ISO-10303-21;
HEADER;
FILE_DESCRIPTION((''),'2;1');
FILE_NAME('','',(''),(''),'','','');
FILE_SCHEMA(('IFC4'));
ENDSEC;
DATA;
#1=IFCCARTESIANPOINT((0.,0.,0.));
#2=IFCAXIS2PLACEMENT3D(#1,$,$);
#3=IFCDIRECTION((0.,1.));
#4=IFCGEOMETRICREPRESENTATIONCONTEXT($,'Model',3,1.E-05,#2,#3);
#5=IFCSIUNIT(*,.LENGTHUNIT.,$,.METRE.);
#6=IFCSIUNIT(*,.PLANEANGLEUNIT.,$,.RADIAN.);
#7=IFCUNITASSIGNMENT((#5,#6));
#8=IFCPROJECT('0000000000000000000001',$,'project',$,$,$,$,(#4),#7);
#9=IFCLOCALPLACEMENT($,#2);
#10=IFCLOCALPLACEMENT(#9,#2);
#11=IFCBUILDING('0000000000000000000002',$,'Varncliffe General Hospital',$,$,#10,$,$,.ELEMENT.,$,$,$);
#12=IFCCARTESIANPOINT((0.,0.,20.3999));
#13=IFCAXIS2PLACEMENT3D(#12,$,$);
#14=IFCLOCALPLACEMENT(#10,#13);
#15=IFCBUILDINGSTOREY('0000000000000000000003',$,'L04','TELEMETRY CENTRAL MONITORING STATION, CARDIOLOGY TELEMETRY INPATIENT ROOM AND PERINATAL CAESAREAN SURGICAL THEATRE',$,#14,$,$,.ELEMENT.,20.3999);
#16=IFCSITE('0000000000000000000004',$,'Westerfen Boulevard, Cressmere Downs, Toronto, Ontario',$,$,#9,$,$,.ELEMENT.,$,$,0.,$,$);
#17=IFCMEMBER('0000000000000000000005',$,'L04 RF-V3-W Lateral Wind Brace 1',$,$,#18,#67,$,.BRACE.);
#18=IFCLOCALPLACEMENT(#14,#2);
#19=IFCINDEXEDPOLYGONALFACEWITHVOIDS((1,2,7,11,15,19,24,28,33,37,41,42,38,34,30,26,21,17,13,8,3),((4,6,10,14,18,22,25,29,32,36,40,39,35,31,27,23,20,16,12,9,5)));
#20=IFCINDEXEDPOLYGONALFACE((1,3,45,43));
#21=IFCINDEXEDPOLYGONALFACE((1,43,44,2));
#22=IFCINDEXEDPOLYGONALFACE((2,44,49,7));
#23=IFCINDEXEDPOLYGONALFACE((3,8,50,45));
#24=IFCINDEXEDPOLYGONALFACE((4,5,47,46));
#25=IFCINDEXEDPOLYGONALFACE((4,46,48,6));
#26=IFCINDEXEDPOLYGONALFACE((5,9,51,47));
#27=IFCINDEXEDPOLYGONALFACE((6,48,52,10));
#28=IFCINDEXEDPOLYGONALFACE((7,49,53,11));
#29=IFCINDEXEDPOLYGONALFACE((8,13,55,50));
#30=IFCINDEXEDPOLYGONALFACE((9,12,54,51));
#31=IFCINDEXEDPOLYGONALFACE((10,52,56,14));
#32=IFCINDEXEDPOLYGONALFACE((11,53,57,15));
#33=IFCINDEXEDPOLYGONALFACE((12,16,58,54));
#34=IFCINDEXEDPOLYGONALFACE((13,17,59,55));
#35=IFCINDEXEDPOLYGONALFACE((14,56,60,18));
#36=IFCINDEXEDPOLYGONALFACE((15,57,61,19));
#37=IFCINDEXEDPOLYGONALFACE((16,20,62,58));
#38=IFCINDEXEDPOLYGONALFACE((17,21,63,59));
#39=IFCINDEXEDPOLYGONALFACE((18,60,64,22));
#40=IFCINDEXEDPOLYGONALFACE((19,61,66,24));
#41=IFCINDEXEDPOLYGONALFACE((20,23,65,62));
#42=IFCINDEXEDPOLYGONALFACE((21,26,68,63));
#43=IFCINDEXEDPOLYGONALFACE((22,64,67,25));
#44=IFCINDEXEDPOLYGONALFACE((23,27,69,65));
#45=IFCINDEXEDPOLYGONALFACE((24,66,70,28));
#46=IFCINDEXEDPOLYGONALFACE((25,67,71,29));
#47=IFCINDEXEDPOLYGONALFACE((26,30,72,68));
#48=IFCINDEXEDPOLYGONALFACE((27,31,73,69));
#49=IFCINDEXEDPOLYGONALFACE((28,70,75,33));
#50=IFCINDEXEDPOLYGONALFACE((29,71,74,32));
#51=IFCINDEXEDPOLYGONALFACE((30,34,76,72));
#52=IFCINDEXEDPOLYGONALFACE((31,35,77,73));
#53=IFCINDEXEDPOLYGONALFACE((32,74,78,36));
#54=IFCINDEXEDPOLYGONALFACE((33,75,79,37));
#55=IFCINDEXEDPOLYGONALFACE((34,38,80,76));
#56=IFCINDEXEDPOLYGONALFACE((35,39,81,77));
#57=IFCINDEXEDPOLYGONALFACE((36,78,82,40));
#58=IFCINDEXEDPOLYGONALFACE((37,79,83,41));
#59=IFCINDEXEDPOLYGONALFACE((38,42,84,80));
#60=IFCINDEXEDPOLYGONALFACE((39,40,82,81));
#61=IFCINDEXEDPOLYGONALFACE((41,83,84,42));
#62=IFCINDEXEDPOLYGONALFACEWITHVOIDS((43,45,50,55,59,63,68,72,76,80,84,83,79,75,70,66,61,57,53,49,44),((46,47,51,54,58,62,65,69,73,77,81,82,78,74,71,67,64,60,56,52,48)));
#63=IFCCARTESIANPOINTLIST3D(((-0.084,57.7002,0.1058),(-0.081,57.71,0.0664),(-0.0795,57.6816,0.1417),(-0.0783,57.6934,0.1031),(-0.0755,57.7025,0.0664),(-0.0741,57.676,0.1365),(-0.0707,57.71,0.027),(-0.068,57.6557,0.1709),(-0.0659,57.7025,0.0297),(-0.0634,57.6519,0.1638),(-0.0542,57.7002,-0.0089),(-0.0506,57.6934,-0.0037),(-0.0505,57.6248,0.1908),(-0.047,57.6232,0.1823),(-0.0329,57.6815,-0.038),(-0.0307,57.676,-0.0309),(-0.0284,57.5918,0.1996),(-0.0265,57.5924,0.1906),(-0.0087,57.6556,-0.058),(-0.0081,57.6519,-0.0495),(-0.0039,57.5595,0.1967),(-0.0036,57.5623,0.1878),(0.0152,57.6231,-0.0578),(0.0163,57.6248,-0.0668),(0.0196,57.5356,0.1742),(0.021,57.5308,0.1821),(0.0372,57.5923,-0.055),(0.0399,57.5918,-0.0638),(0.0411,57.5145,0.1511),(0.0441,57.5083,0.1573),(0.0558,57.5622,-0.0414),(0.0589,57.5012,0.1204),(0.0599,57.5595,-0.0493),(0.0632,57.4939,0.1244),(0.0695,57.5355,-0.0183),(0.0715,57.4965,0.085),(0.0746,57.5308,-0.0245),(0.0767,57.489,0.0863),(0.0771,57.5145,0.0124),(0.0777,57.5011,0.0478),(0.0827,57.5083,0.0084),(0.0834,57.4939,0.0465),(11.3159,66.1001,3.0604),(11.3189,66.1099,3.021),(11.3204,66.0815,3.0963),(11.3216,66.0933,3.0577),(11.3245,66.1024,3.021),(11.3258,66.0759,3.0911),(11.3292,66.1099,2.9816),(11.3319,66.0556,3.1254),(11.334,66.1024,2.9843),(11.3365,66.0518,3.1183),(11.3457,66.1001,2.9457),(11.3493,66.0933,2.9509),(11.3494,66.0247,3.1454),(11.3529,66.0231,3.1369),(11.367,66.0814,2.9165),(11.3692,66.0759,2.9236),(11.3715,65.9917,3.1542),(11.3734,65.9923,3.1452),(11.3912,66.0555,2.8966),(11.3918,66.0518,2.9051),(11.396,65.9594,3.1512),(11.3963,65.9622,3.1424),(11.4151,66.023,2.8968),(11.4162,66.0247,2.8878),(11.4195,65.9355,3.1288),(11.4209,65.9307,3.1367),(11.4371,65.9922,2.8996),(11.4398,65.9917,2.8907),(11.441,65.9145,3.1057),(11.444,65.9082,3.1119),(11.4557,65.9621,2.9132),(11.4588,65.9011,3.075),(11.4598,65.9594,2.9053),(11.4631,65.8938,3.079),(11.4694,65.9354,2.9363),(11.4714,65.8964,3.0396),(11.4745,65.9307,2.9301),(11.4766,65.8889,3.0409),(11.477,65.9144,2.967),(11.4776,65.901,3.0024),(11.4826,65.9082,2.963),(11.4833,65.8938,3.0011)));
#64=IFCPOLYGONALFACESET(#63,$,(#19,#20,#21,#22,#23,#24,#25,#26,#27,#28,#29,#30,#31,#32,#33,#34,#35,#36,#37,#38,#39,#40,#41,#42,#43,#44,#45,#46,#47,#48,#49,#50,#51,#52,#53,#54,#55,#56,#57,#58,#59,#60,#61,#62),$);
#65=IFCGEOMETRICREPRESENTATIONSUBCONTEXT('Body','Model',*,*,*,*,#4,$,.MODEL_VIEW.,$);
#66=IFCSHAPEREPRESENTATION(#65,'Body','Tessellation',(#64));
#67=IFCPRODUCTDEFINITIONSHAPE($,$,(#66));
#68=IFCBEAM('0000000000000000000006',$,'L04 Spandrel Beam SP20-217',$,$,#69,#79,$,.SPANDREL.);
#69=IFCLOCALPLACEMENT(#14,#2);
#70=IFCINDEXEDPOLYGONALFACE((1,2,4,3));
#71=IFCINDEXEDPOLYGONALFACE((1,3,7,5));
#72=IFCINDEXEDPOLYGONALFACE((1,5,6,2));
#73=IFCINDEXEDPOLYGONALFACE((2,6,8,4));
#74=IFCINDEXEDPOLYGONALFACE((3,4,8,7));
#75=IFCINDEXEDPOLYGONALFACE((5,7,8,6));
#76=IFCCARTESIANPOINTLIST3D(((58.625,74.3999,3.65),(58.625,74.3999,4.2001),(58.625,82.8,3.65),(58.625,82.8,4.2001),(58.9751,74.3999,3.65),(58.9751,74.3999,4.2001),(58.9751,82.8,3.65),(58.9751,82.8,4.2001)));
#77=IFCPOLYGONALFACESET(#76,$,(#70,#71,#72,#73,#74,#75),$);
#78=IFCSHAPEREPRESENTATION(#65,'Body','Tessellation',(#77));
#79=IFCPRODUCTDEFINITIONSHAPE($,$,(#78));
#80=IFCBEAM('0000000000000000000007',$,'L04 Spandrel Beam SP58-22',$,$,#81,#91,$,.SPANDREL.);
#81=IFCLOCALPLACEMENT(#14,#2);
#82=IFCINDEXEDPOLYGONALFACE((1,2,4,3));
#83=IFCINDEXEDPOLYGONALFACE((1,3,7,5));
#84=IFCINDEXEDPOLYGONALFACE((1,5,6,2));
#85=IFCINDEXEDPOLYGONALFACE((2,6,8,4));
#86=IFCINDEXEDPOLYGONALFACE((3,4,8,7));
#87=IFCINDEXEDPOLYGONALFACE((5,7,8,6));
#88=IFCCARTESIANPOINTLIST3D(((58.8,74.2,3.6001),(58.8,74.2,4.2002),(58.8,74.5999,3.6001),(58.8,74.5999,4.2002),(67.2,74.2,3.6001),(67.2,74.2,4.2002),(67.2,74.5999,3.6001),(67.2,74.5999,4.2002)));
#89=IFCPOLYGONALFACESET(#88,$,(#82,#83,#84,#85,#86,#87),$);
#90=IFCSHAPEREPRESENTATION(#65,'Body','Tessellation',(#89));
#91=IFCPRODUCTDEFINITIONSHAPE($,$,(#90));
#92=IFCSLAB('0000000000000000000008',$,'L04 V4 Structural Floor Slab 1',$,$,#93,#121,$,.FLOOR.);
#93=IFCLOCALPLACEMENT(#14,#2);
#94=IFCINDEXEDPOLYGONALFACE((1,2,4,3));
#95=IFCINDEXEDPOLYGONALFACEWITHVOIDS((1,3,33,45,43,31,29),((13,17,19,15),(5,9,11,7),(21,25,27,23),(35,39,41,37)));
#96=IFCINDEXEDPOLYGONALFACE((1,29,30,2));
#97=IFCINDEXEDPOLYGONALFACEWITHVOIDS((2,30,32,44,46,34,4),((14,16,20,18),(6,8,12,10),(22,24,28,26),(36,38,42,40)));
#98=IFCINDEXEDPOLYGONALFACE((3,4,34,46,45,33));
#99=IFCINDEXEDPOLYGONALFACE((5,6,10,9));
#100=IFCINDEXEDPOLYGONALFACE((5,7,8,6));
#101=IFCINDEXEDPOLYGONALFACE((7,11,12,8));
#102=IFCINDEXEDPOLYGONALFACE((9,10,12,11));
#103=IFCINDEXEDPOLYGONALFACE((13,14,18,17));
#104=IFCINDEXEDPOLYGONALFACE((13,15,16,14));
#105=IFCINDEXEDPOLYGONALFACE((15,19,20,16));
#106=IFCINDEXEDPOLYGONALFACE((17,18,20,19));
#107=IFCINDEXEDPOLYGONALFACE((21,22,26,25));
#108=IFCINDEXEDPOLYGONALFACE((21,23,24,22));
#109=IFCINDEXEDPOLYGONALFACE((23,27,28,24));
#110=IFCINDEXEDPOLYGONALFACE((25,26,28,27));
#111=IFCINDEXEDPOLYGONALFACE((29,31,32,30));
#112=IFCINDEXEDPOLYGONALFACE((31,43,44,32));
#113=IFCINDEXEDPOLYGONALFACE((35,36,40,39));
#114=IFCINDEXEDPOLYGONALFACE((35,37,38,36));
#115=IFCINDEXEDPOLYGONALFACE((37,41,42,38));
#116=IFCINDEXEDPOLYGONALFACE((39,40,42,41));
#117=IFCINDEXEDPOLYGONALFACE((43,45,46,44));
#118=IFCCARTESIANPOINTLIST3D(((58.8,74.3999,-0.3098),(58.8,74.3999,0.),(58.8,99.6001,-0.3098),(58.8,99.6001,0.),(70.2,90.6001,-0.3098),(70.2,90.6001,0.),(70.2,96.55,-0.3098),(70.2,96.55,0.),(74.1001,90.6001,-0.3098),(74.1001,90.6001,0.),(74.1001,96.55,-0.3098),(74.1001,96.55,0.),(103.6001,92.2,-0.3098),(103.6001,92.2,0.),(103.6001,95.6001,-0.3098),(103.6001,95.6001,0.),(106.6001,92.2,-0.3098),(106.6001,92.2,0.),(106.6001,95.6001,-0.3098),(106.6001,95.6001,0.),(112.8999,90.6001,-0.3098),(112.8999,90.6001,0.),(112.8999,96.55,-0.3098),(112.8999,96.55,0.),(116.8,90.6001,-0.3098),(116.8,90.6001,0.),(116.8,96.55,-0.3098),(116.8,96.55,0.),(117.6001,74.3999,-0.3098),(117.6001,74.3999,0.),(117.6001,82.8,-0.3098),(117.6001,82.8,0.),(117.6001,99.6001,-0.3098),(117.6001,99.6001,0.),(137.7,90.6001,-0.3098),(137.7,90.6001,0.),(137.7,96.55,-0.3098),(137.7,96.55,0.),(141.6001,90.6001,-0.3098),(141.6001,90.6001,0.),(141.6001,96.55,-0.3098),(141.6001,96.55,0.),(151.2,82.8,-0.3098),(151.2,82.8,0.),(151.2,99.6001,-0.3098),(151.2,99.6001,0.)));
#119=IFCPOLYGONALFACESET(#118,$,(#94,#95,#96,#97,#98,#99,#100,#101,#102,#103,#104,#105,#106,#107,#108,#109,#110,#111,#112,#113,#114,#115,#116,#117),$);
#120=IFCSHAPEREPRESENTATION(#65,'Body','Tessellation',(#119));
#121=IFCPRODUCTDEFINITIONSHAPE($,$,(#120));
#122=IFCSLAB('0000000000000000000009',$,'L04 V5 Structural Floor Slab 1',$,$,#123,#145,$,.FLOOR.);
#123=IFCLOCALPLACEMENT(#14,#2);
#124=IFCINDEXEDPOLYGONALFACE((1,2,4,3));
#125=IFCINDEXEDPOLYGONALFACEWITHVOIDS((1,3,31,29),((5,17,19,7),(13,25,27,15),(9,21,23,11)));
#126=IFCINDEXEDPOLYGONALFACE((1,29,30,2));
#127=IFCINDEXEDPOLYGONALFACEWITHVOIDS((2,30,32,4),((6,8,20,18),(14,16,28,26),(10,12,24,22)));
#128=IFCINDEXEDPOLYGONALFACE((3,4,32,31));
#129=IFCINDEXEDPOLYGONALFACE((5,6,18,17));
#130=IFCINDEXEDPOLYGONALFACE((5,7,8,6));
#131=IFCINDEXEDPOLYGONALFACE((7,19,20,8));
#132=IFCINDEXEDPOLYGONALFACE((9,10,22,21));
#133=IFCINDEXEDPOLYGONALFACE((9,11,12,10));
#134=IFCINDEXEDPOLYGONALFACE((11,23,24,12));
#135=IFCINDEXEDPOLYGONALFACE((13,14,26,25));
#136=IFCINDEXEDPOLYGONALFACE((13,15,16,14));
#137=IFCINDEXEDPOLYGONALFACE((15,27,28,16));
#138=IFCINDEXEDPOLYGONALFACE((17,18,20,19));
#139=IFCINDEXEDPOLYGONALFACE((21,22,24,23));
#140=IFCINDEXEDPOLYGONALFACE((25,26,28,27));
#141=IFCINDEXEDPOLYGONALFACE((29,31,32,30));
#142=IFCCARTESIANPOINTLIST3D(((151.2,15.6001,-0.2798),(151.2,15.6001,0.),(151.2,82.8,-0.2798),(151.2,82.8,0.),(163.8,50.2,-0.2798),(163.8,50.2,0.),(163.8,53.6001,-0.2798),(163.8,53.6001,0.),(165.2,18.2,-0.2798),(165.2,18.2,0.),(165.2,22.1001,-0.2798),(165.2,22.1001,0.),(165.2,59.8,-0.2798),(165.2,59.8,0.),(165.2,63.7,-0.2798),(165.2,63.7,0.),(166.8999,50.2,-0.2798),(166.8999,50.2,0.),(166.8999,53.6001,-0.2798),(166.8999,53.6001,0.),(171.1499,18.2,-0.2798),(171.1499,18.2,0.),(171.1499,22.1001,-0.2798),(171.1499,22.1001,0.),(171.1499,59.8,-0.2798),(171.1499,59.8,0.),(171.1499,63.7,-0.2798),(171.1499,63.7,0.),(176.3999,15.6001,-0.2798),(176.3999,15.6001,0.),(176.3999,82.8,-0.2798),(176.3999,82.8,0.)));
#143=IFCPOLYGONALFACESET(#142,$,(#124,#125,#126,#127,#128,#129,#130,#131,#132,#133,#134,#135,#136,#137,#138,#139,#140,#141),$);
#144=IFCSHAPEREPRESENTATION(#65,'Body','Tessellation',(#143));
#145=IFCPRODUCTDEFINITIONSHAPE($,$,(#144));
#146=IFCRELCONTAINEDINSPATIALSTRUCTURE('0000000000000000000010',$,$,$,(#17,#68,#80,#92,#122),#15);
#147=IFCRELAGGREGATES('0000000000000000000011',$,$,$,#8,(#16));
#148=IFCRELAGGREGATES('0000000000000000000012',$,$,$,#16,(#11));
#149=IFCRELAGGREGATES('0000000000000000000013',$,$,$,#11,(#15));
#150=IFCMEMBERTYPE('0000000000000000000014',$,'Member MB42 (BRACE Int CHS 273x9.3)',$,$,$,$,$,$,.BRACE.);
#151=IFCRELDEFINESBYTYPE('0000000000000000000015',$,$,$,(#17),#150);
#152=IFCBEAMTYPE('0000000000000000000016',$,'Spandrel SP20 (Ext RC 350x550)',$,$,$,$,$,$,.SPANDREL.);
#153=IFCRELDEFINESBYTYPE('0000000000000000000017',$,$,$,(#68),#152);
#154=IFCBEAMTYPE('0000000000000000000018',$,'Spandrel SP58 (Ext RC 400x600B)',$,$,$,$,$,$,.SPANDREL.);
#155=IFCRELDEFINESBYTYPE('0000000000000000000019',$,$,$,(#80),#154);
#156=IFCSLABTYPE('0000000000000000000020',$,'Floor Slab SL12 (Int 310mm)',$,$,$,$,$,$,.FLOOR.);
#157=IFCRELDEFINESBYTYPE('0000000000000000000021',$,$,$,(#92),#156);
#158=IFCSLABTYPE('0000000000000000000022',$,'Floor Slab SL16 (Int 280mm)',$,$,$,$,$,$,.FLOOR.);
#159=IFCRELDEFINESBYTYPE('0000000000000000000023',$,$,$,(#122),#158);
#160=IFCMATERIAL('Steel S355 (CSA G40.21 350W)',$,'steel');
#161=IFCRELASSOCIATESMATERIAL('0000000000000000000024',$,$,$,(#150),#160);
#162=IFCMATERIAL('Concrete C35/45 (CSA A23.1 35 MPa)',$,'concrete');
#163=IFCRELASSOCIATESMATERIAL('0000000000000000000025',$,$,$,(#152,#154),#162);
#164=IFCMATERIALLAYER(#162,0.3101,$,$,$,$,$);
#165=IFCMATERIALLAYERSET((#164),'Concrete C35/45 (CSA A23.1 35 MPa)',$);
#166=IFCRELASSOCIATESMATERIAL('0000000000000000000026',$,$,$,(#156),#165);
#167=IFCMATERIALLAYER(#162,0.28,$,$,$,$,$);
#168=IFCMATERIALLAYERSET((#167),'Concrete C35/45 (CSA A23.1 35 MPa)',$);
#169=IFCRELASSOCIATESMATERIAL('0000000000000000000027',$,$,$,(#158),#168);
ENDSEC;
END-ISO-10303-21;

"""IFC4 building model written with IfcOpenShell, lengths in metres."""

from ifc_helpers import new_model, si_unit, direction, frame, origin, origin_2d, place, context, subcontext, project, spatial, polyline, rectangle, hollow_circle, outline, extrude, material, layer, layer_set, material_profile, profile_set, type_object, element, save


model = new_model("IFC4")

# Units and contexts
model_context = context("Model", 3, precision=1e-05, world=origin(), true_north=direction((0.0, 1.0)))
body_context = subcontext(model_context, "Body", "Model", "MODEL_VIEW")
ifc_project = project(units=[si_unit("LENGTHUNIT", "METRE"), si_unit("PLANEANGLEUNIT", "RADIAN")], contexts=[model_context])

# Site, building, storey
site_placement = place(None, origin())
site = spatial("IfcSite", under=ifc_project, at=site_placement, Name="Westerfen Boulevard, Cressmere Downs, Toronto, Ontario", CompositionType="ELEMENT", RefElevation=0.0)
building_placement = place(site_placement, origin())
building = spatial("IfcBuilding", under=site, at=building_placement, Name="Varncliffe General Hospital", CompositionType="ELEMENT")
storey_placement = place(building_placement, frame((0.0, 0.0, 20.3999)))
storey = spatial("IfcBuildingStorey", under=building, at=storey_placement, Name="L04", Description="TELEMETRY CENTRAL MONITORING STATION, CARDIOLOGY TELEMETRY INPATIENT ROOM AND PERINATAL CAESAREAN SURGICAL THEATRE", CompositionType="ELEMENT", Elevation=20.3999)

# Member
ifc_material_1 = material(Name="Steel S355 (CSA G40.21 350W)", Category="steel")
ifc_material_profile_1 = material_profile(ifc_material_1, hollow_circle(Radius=0.1365, WallThickness=0.0093, at=origin_2d()), Name="CHS 273x9.3")
ifc_profile_set_1 = profile_set([ifc_material_profile_1], Name="Steel S355 (CSA G40.21 350W)")
member_type_1 = type_object("IfcMemberType", Name="Member MB42 (BRACE Int CHS 273x9.3)", PredefinedType="BRACE", material=ifc_profile_set_1)
member_1_placement = place(storey_placement, frame((0.0, 57.6001, 0.0664), z_axis=(0.788085, 0.580692, 0.204253), x_axis=(-0.593198, 0.805057, 0.0)))
element("IfcMember", 1, at=member_1_placement, inside=storey, type_object=member_type_1, Name="L04 RF-V3-W Lateral Wind Brace 1", PredefinedType="BRACE", context=body_context, shape_type="SweptSolid", body=[
    extrude(hollow_circle(Radius=0.1365, WallThickness=0.0093, at=origin_2d()), origin(), (0.0, 0.0, 1.0), 14.4653),
])

# Beams
ifc_material_2 = material(Name="Concrete C35/45 (CSA A23.1 35 MPa)", Category="concrete")
ifc_material_profile_2 = material_profile(ifc_material_2, rectangle(XDim=0.3501, YDim=0.55, at=origin_2d()), Name="RC 350x550")
ifc_profile_set_2 = profile_set([ifc_material_profile_2], Name="Concrete C35/45 (CSA A23.1 35 MPa)")
beam_type_1 = type_object("IfcBeamType", Name="Spandrel SP20 (Ext RC 350x550)", PredefinedType="SPANDREL", material=ifc_profile_set_2)
beam_1_placement = place(storey_placement, frame((58.8, 74.3999, 3.925), z_axis=(0.0, 1.0, 0.0), x_axis=(-1.0, 0.0, 0.0)))
element("IfcBeam", 2, at=beam_1_placement, inside=storey, type_object=beam_type_1, Name="L04 Spandrel Beam SP20-217", PredefinedType="SPANDREL", context=body_context, shape_type="SweptSolid", body=[
    extrude(rectangle(XDim=0.3501, YDim=0.55, at=origin_2d()), origin(), (0.0, 0.0, 1.0), 8.4001),
])
ifc_material_profile_3 = material_profile(ifc_material_2, rectangle(XDim=0.3999, YDim=0.6001, at=origin_2d()), Name="RC 400x600")
ifc_profile_set_3 = profile_set([ifc_material_profile_3], Name="Concrete C35/45 (CSA A23.1 35 MPa)")
beam_type_2 = type_object("IfcBeamType", Name="Spandrel SP58 (Ext RC 400x600B)", PredefinedType="SPANDREL", material=ifc_profile_set_3)
beam_2_placement = place(storey_placement, frame((58.8, 74.3999, 3.9001), z_axis=(1.0, 0.0, 0.0), x_axis=(0.0, 1.0, 0.0)))
element("IfcBeam", 3, at=beam_2_placement, inside=storey, type_object=beam_type_2, Name="L04 Spandrel Beam SP58-22", PredefinedType="SPANDREL", context=body_context, shape_type="SweptSolid", body=[
    extrude(rectangle(XDim=0.3999, YDim=0.6001, at=origin_2d()), origin(), (0.0, 0.0, 1.0), 8.3999),
])

# Slabs
ifc_layer_1 = layer(ifc_material_2, 0.3101)
ifc_layer_set_1 = layer_set([ifc_layer_1], Name="Concrete C35/45 (CSA A23.1 35 MPa)")
slab_type_1 = type_object("IfcSlabType", Name="Floor Slab SL12 (Int 310mm)", PredefinedType="FLOOR", material=ifc_layer_set_1)
slab_1_placement = place(storey_placement, frame((0.0, 0.0, -0.3098)))
element("IfcSlab", 4, at=slab_1_placement, inside=storey, type_object=slab_type_1, Name="L04 V4 Structural Floor Slab 1", PredefinedType="FLOOR", context=body_context, shape_type="SweptSolid", body=[
    extrude(outline(polyline([(117.6001, 74.3999), (58.8, 74.3999), (58.8, 99.6001), (117.6001, 99.6001), (151.2, 99.6001), (151.2, 82.8), (117.6001, 82.8), (117.6001, 74.3999)]), holes=[polyline([(116.8, 90.6001), (116.8, 96.55), (112.8999, 96.55), (112.8999, 90.6001), (116.8, 90.6001)]), polyline([(74.1001, 90.6001), (74.1001, 96.55), (70.2, 96.55), (70.2, 90.6001), (74.1001, 90.6001)]), polyline([(141.6001, 90.6001), (141.6001, 96.55), (137.7, 96.55), (137.7, 90.6001), (141.6001, 90.6001)]), polyline([(103.6001, 92.2), (106.6001, 92.2), (106.6001, 95.6001), (103.6001, 95.6001), (103.6001, 92.2)])]), origin(), (0.0, 0.0, 1.0), 0.3098),
])
ifc_layer_2 = layer(ifc_material_2, 0.28)
ifc_layer_set_2 = layer_set([ifc_layer_2], Name="Concrete C35/45 (CSA A23.1 35 MPa)")
slab_type_2 = type_object("IfcSlabType", Name="Floor Slab SL16 (Int 280mm)", PredefinedType="FLOOR", material=ifc_layer_set_2)
slab_2_placement = place(storey_placement, frame((0.0, 0.0, -0.2798)))
element("IfcSlab", 5, at=slab_2_placement, inside=storey, type_object=slab_type_2, Name="L04 V5 Structural Floor Slab 1", PredefinedType="FLOOR", context=body_context, shape_type="SweptSolid", body=[
    extrude(outline(polyline([(176.3999, 15.6001), (176.3999, 82.8), (151.2, 82.8), (151.2, 15.6001), (176.3999, 15.6001)]), holes=[polyline([(165.2, 59.8), (171.1499, 59.8), (171.1499, 63.7), (165.2, 63.7), (165.2, 59.8)]), polyline([(165.2, 18.2), (171.1499, 18.2), (171.1499, 22.1001), (165.2, 22.1001), (165.2, 18.2)]), polyline([(163.8, 50.2), (166.8999, 50.2), (166.8999, 53.6001), (163.8, 53.6001), (163.8, 50.2)])]), origin(), (0.0, 0.0, 1.0), 0.2798),
])

save(model, "model.ifc")
